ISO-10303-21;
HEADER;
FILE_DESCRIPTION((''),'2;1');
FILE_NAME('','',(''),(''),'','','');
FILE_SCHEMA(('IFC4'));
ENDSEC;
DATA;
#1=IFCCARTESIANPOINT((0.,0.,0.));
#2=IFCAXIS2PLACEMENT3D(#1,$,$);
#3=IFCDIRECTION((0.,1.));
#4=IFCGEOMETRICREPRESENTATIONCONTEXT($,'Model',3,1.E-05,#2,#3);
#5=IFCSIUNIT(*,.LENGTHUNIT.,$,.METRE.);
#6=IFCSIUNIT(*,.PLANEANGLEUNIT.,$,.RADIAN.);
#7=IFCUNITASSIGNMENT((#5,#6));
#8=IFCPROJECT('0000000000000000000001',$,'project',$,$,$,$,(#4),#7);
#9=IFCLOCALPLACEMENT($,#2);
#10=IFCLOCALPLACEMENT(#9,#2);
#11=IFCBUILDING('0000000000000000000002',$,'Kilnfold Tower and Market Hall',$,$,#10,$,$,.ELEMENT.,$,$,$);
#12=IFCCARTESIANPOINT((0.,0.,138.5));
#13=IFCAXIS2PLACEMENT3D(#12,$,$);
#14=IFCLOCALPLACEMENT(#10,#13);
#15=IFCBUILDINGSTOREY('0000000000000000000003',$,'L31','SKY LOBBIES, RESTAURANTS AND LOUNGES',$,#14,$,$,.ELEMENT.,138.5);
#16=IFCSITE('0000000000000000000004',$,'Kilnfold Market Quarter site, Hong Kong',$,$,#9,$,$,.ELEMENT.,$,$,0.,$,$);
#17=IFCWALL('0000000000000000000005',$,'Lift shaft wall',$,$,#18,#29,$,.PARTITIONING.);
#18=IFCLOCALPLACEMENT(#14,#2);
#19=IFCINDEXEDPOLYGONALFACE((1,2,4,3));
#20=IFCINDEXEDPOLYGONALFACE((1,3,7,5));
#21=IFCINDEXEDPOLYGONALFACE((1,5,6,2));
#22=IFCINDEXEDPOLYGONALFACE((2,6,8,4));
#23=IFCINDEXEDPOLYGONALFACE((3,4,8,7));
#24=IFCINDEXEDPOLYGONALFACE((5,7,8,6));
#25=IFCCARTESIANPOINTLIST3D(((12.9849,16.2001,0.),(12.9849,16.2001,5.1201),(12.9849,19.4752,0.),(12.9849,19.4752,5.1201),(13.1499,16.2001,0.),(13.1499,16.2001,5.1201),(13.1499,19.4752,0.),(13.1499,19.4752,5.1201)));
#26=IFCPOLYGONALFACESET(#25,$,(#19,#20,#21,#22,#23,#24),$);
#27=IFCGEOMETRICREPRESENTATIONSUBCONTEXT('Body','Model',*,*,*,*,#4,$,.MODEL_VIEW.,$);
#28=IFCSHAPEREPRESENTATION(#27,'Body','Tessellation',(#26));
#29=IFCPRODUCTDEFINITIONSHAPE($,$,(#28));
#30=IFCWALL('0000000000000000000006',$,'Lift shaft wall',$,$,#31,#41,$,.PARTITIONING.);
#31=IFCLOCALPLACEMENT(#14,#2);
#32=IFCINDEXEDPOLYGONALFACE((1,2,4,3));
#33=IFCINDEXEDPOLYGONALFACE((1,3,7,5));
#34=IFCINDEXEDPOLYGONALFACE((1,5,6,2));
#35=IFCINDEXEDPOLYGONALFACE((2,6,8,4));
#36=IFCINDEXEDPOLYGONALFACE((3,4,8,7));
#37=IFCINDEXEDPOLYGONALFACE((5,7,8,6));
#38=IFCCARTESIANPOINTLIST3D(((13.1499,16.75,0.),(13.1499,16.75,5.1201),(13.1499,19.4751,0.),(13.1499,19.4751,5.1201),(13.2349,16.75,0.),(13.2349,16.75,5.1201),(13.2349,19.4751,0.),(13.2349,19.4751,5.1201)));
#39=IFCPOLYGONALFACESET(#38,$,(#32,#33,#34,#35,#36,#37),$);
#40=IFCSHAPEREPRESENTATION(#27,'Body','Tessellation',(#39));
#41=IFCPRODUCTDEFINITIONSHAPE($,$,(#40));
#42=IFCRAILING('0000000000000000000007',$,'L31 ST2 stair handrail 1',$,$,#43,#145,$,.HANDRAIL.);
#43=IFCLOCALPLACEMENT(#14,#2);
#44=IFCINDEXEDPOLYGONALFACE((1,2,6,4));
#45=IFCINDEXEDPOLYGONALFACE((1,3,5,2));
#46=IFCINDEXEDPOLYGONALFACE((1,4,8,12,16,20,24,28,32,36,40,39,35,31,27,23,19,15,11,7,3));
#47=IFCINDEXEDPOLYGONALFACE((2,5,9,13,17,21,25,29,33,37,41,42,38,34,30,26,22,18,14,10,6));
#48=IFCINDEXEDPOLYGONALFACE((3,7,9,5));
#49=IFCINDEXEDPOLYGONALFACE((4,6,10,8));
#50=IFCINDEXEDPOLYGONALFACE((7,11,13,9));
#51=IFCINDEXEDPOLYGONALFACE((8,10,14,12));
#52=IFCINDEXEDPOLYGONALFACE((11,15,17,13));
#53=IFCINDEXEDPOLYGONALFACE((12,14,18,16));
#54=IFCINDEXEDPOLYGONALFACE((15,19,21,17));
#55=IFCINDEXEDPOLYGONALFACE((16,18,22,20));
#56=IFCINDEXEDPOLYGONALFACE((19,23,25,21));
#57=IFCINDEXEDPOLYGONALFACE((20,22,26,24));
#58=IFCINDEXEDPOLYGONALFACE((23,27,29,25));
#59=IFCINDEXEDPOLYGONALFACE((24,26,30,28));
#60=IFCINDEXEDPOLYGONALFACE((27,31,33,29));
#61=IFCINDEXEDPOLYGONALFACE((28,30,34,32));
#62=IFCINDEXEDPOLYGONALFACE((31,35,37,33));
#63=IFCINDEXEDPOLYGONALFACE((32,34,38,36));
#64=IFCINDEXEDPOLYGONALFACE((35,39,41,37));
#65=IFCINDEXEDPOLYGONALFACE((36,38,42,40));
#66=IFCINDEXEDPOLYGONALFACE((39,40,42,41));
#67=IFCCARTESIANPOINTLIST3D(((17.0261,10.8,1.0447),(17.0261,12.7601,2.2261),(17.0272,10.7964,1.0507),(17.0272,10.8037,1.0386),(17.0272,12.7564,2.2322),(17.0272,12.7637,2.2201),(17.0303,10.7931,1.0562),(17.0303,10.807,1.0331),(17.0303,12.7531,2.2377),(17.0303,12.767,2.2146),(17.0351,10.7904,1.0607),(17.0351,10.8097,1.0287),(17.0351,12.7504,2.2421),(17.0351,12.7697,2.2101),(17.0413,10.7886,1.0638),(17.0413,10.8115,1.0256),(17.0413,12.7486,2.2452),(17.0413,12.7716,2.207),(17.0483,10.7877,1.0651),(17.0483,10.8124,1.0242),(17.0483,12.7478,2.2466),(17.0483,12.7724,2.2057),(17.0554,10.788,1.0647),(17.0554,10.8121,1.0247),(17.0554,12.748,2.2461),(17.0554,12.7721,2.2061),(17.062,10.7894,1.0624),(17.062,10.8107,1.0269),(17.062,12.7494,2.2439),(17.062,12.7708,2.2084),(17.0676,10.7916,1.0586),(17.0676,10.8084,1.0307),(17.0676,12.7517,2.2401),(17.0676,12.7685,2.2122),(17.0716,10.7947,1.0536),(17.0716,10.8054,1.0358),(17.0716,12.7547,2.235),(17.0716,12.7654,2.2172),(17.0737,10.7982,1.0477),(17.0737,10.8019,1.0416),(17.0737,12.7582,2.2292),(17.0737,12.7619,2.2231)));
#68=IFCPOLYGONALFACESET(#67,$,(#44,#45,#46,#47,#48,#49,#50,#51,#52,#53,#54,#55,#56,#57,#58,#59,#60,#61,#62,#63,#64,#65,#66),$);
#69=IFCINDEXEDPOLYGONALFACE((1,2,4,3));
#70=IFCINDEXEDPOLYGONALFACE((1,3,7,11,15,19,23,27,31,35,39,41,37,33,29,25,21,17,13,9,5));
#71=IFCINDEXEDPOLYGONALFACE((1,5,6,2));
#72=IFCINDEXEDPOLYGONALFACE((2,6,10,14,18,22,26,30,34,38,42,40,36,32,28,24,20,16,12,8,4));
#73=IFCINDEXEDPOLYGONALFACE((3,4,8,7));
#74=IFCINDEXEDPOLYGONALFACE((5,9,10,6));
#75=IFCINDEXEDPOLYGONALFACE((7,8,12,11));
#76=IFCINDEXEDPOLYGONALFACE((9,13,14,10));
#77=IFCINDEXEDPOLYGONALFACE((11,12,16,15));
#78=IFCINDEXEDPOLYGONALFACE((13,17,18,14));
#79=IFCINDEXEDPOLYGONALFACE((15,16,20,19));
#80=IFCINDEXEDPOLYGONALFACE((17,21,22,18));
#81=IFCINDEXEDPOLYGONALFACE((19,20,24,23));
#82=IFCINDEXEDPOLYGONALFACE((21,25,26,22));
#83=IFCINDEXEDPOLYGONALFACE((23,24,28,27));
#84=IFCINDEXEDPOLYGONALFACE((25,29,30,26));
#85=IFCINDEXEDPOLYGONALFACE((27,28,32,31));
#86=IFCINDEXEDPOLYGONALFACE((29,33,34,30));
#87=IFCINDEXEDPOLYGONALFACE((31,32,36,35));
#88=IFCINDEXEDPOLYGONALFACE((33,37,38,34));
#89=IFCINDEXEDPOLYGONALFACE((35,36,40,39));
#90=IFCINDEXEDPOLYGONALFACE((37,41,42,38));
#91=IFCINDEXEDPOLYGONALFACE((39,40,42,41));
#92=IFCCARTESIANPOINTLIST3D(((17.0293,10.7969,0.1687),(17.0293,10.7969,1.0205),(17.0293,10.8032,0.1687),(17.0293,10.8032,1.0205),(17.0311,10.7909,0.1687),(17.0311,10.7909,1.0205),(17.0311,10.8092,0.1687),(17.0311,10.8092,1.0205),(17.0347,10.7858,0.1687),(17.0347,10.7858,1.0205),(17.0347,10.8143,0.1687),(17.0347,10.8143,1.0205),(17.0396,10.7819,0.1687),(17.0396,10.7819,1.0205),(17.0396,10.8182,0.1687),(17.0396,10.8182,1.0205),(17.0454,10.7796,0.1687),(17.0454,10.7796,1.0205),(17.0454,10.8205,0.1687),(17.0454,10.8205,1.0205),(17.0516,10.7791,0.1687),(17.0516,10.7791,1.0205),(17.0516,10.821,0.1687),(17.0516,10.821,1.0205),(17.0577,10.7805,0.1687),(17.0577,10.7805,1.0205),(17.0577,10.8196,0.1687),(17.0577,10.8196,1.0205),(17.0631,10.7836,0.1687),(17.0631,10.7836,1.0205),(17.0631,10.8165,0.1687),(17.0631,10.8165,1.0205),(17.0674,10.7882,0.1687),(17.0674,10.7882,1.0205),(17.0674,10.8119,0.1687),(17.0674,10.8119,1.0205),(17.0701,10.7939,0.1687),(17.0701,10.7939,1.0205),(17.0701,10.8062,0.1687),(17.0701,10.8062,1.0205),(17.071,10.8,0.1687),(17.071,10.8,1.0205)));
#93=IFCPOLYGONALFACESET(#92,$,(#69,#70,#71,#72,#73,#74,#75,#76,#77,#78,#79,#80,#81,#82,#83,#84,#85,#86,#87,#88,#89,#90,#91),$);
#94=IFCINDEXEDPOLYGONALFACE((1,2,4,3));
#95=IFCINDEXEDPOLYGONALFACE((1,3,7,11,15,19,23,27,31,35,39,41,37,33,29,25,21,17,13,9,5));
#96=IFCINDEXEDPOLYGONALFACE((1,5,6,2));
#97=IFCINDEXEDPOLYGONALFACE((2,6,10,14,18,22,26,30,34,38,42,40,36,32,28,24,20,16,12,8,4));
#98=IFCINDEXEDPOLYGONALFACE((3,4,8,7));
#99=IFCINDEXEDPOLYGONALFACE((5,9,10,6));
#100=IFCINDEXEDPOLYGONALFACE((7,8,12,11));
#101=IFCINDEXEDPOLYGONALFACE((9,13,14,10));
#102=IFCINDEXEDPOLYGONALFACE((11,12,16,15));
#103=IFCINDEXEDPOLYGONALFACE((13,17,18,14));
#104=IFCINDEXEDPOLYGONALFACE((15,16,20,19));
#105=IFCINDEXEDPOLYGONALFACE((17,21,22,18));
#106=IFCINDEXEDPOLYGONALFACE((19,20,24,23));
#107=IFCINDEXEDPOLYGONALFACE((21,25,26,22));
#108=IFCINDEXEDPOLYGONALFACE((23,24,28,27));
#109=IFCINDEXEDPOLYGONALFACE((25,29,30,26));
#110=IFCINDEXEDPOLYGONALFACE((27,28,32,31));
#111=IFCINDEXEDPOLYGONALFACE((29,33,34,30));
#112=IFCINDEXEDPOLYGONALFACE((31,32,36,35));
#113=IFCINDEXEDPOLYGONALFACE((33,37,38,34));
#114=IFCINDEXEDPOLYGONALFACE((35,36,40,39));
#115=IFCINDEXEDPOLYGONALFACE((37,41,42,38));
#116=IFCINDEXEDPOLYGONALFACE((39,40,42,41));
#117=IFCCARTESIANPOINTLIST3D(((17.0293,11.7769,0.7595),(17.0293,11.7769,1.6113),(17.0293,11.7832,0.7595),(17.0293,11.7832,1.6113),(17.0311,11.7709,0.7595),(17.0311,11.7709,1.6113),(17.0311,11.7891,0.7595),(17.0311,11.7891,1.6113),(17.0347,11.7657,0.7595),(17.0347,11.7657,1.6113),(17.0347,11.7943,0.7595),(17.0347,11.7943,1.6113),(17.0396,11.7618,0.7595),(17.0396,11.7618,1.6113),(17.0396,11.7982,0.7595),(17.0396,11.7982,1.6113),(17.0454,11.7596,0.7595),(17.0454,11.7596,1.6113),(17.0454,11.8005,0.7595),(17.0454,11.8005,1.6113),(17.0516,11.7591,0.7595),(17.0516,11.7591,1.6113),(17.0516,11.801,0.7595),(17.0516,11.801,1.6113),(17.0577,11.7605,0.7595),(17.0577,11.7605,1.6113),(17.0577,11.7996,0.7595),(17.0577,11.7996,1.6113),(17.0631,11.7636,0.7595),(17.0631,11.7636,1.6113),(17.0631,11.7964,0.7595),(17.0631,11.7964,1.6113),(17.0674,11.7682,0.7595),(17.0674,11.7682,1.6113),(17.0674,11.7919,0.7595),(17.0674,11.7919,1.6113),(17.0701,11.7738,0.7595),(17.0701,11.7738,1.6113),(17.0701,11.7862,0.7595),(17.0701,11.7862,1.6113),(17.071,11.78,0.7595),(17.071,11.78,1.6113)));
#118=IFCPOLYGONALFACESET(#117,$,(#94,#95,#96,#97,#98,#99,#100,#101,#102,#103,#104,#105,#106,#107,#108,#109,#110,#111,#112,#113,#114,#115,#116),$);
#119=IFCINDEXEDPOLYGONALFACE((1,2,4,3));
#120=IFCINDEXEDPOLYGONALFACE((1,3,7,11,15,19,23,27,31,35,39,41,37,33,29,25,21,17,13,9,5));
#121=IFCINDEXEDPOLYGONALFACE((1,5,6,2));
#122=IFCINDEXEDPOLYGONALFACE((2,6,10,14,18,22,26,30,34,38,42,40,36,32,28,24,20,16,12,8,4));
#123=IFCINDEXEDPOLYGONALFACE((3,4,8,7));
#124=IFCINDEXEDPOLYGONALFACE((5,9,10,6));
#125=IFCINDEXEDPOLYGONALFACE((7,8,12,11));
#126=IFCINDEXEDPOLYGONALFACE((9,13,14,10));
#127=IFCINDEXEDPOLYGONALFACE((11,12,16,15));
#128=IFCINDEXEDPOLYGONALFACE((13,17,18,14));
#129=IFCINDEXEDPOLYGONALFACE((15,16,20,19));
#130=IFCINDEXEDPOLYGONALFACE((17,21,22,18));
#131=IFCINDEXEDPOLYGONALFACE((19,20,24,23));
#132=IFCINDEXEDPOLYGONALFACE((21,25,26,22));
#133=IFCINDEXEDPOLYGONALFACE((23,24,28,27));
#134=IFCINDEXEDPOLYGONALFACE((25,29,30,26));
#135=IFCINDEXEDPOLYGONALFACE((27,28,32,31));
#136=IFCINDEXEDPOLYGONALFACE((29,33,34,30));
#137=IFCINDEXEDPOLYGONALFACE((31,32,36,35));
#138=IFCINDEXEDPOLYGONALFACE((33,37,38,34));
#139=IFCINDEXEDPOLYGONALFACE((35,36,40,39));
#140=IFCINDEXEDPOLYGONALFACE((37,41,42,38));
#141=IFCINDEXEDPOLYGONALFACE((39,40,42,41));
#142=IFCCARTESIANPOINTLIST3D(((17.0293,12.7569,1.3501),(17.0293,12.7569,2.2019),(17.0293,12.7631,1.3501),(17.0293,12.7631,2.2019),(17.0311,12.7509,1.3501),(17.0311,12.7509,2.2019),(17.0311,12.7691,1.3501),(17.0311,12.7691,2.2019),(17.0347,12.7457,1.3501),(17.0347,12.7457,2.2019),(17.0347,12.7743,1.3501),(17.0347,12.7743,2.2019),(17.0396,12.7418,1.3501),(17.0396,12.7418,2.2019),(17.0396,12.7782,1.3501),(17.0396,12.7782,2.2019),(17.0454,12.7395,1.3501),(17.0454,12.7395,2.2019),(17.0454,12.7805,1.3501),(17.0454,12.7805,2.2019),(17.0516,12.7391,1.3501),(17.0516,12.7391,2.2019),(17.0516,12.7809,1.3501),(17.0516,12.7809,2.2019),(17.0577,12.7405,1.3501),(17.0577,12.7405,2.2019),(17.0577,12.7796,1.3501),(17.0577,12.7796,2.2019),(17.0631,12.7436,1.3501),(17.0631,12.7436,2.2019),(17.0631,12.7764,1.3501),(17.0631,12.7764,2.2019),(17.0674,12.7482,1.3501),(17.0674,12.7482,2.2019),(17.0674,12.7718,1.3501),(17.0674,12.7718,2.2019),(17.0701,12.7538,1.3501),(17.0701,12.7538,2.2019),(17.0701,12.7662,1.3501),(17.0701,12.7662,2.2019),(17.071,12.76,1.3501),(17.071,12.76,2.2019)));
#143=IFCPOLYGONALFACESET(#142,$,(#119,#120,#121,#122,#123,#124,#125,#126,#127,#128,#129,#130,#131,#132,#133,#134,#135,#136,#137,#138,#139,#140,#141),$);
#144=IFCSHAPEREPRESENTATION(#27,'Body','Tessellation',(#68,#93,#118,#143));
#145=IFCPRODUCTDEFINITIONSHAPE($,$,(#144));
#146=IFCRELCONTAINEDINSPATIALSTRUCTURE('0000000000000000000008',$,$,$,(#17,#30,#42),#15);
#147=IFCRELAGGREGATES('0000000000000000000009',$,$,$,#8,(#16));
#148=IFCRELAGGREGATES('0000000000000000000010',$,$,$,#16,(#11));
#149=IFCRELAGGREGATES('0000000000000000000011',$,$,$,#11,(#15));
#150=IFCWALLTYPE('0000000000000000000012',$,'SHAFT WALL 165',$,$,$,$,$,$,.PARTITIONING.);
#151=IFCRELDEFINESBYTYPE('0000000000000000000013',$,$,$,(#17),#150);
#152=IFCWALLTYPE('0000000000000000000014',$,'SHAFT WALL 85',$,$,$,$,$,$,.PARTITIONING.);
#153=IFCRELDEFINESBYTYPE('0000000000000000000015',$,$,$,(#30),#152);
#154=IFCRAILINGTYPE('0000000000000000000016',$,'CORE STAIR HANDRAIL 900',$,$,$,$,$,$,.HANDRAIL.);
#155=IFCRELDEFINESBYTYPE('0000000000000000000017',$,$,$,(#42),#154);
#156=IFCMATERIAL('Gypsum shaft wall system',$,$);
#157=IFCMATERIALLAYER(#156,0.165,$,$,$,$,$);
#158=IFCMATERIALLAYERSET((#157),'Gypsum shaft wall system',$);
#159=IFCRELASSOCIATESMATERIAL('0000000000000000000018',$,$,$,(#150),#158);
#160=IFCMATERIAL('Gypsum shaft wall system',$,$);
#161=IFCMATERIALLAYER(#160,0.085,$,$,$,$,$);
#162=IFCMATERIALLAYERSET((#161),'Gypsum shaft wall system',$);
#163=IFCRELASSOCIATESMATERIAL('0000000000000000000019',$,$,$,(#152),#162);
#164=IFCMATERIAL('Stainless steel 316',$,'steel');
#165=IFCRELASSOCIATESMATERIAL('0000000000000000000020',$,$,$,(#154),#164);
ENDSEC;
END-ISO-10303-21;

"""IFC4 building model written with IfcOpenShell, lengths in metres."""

from ifc_helpers import new_model, si_unit, direction, frame, frame_2d, origin, origin_2d, place, context, subcontext, project, spatial, rectangle, circle, extrude, source, transform, mapped, material, layer, layer_set, type_object, element, save


model = new_model("IFC4")

# Units and contexts
model_context = context("Model", 3, precision=1e-05, world=origin(), true_north=direction((0.0, 1.0)))
body_context = subcontext(model_context, "Body", "Model", "MODEL_VIEW")
ifc_project = project(units=[si_unit("LENGTHUNIT", "METRE"), si_unit("PLANEANGLEUNIT", "RADIAN")], contexts=[model_context])

# Site, building, storey
site_placement = place(None, origin())
site = spatial("IfcSite", under=ifc_project, at=site_placement, Name="Kilnfold Market Quarter site, Hong Kong", CompositionType="ELEMENT", RefElevation=0.0)
building_placement = place(site_placement, origin())
building = spatial("IfcBuilding", under=site, at=building_placement, Name="Kilnfold Tower and Market Hall", CompositionType="ELEMENT")
storey_placement = place(building_placement, frame((0.0, 0.0, 138.5)))
storey = spatial("IfcBuildingStorey", under=building, at=storey_placement, Name="L31", Description="SKY LOBBIES, RESTAURANTS AND LOUNGES", CompositionType="ELEMENT", Elevation=138.5)

# Walls
ifc_material_1 = material(Name="Gypsum shaft wall system")
ifc_layer_1 = layer(ifc_material_1, 0.165)
ifc_layer_set_1 = layer_set([ifc_layer_1], Name="Gypsum shaft wall system")
wall_type_1 = type_object("IfcWallType", Name="SHAFT WALL 165", PredefinedType="PARTITIONING", material=ifc_layer_set_1)
shared_shape_1 = source(origin(), body_context, "Body", "SweptSolid", [
    extrude(rectangle(XDim=3.2751, YDim=0.165, at=frame_2d((1.6377, 0.0))), origin(), (0.0, 0.0, 1.0), 5.1201),
])
wall_1_placement = place(storey_placement, frame((13.0674, 16.2, 0.0), z_axis=(0.0, 0.0, 1.0), x_axis=(0.0, 1.0, 0.0)))
element("IfcWall", 1, at=wall_1_placement, inside=storey, type_object=wall_type_1, Name="Lift shaft wall", PredefinedType="PARTITIONING", context=body_context, shape_type="MappedRepresentation", body=[
    mapped(shared_shape_1, transform((0.0, 0.0, 0.0))),
])
ifc_material_2 = material(Name="Gypsum shaft wall system")
ifc_layer_2 = layer(ifc_material_2, 0.085)
ifc_layer_set_2 = layer_set([ifc_layer_2], Name="Gypsum shaft wall system")
wall_type_2 = type_object("IfcWallType", Name="SHAFT WALL 85", PredefinedType="PARTITIONING", material=ifc_layer_set_2)
shared_shape_2 = source(origin(), body_context, "Body", "SweptSolid", [
    extrude(rectangle(XDim=2.7251, YDim=0.085, at=frame_2d((1.3625, 0.0))), origin(), (0.0, 0.0, 1.0), 5.1201),
])
wall_2_placement = place(storey_placement, frame((13.1924, 16.75, 0.0), z_axis=(0.0, 0.0, 1.0), x_axis=(0.0, 1.0, 0.0)))
element("IfcWall", 2, at=wall_2_placement, inside=storey, type_object=wall_type_2, Name="Lift shaft wall", PredefinedType="PARTITIONING", context=body_context, shape_type="MappedRepresentation", body=[
    mapped(shared_shape_2, transform((0.0, 0.0, 0.0))),
])

# Railing
ifc_material_3 = material(Name="Stainless steel 316", Category="steel")
railing_type_1 = type_object("IfcRailingType", Name="CORE STAIR HANDRAIL 900", PredefinedType="HANDRAIL", material=ifc_material_3)
railing_1_placement = place(storey_placement, frame((17.05, 10.8, 0.1687)))
element("IfcRailing", 3, at=railing_1_placement, inside=storey, type_object=railing_type_1, Name="L31 ST2 stair handrail 1", PredefinedType="HANDRAIL", context=body_context, shape_type="SweptSolid", body=[
    extrude(circle(Radius=0.0239, at=origin_2d()), frame((0.0, 0.0, 0.876), z_axis=(0.0, 0.856446, 0.516236), x_axis=(-1.0, 0.0, 0.0)), (0.0, 0.0, 1.0), 2.2886),
    extrude(circle(Radius=0.021, at=origin_2d()), origin(), (0.0, 0.0, 1.0), 0.8518),
    extrude(circle(Radius=0.021, at=origin_2d()), frame((0.0, 0.98, 0.5908)), (0.0, 0.0, 1.0), 0.8518),
    extrude(circle(Radius=0.021, at=origin_2d()), frame((0.0, 1.96, 1.1814)), (0.0, 0.0, 1.0), 0.8518),
])

save(model, "model.ifc")
